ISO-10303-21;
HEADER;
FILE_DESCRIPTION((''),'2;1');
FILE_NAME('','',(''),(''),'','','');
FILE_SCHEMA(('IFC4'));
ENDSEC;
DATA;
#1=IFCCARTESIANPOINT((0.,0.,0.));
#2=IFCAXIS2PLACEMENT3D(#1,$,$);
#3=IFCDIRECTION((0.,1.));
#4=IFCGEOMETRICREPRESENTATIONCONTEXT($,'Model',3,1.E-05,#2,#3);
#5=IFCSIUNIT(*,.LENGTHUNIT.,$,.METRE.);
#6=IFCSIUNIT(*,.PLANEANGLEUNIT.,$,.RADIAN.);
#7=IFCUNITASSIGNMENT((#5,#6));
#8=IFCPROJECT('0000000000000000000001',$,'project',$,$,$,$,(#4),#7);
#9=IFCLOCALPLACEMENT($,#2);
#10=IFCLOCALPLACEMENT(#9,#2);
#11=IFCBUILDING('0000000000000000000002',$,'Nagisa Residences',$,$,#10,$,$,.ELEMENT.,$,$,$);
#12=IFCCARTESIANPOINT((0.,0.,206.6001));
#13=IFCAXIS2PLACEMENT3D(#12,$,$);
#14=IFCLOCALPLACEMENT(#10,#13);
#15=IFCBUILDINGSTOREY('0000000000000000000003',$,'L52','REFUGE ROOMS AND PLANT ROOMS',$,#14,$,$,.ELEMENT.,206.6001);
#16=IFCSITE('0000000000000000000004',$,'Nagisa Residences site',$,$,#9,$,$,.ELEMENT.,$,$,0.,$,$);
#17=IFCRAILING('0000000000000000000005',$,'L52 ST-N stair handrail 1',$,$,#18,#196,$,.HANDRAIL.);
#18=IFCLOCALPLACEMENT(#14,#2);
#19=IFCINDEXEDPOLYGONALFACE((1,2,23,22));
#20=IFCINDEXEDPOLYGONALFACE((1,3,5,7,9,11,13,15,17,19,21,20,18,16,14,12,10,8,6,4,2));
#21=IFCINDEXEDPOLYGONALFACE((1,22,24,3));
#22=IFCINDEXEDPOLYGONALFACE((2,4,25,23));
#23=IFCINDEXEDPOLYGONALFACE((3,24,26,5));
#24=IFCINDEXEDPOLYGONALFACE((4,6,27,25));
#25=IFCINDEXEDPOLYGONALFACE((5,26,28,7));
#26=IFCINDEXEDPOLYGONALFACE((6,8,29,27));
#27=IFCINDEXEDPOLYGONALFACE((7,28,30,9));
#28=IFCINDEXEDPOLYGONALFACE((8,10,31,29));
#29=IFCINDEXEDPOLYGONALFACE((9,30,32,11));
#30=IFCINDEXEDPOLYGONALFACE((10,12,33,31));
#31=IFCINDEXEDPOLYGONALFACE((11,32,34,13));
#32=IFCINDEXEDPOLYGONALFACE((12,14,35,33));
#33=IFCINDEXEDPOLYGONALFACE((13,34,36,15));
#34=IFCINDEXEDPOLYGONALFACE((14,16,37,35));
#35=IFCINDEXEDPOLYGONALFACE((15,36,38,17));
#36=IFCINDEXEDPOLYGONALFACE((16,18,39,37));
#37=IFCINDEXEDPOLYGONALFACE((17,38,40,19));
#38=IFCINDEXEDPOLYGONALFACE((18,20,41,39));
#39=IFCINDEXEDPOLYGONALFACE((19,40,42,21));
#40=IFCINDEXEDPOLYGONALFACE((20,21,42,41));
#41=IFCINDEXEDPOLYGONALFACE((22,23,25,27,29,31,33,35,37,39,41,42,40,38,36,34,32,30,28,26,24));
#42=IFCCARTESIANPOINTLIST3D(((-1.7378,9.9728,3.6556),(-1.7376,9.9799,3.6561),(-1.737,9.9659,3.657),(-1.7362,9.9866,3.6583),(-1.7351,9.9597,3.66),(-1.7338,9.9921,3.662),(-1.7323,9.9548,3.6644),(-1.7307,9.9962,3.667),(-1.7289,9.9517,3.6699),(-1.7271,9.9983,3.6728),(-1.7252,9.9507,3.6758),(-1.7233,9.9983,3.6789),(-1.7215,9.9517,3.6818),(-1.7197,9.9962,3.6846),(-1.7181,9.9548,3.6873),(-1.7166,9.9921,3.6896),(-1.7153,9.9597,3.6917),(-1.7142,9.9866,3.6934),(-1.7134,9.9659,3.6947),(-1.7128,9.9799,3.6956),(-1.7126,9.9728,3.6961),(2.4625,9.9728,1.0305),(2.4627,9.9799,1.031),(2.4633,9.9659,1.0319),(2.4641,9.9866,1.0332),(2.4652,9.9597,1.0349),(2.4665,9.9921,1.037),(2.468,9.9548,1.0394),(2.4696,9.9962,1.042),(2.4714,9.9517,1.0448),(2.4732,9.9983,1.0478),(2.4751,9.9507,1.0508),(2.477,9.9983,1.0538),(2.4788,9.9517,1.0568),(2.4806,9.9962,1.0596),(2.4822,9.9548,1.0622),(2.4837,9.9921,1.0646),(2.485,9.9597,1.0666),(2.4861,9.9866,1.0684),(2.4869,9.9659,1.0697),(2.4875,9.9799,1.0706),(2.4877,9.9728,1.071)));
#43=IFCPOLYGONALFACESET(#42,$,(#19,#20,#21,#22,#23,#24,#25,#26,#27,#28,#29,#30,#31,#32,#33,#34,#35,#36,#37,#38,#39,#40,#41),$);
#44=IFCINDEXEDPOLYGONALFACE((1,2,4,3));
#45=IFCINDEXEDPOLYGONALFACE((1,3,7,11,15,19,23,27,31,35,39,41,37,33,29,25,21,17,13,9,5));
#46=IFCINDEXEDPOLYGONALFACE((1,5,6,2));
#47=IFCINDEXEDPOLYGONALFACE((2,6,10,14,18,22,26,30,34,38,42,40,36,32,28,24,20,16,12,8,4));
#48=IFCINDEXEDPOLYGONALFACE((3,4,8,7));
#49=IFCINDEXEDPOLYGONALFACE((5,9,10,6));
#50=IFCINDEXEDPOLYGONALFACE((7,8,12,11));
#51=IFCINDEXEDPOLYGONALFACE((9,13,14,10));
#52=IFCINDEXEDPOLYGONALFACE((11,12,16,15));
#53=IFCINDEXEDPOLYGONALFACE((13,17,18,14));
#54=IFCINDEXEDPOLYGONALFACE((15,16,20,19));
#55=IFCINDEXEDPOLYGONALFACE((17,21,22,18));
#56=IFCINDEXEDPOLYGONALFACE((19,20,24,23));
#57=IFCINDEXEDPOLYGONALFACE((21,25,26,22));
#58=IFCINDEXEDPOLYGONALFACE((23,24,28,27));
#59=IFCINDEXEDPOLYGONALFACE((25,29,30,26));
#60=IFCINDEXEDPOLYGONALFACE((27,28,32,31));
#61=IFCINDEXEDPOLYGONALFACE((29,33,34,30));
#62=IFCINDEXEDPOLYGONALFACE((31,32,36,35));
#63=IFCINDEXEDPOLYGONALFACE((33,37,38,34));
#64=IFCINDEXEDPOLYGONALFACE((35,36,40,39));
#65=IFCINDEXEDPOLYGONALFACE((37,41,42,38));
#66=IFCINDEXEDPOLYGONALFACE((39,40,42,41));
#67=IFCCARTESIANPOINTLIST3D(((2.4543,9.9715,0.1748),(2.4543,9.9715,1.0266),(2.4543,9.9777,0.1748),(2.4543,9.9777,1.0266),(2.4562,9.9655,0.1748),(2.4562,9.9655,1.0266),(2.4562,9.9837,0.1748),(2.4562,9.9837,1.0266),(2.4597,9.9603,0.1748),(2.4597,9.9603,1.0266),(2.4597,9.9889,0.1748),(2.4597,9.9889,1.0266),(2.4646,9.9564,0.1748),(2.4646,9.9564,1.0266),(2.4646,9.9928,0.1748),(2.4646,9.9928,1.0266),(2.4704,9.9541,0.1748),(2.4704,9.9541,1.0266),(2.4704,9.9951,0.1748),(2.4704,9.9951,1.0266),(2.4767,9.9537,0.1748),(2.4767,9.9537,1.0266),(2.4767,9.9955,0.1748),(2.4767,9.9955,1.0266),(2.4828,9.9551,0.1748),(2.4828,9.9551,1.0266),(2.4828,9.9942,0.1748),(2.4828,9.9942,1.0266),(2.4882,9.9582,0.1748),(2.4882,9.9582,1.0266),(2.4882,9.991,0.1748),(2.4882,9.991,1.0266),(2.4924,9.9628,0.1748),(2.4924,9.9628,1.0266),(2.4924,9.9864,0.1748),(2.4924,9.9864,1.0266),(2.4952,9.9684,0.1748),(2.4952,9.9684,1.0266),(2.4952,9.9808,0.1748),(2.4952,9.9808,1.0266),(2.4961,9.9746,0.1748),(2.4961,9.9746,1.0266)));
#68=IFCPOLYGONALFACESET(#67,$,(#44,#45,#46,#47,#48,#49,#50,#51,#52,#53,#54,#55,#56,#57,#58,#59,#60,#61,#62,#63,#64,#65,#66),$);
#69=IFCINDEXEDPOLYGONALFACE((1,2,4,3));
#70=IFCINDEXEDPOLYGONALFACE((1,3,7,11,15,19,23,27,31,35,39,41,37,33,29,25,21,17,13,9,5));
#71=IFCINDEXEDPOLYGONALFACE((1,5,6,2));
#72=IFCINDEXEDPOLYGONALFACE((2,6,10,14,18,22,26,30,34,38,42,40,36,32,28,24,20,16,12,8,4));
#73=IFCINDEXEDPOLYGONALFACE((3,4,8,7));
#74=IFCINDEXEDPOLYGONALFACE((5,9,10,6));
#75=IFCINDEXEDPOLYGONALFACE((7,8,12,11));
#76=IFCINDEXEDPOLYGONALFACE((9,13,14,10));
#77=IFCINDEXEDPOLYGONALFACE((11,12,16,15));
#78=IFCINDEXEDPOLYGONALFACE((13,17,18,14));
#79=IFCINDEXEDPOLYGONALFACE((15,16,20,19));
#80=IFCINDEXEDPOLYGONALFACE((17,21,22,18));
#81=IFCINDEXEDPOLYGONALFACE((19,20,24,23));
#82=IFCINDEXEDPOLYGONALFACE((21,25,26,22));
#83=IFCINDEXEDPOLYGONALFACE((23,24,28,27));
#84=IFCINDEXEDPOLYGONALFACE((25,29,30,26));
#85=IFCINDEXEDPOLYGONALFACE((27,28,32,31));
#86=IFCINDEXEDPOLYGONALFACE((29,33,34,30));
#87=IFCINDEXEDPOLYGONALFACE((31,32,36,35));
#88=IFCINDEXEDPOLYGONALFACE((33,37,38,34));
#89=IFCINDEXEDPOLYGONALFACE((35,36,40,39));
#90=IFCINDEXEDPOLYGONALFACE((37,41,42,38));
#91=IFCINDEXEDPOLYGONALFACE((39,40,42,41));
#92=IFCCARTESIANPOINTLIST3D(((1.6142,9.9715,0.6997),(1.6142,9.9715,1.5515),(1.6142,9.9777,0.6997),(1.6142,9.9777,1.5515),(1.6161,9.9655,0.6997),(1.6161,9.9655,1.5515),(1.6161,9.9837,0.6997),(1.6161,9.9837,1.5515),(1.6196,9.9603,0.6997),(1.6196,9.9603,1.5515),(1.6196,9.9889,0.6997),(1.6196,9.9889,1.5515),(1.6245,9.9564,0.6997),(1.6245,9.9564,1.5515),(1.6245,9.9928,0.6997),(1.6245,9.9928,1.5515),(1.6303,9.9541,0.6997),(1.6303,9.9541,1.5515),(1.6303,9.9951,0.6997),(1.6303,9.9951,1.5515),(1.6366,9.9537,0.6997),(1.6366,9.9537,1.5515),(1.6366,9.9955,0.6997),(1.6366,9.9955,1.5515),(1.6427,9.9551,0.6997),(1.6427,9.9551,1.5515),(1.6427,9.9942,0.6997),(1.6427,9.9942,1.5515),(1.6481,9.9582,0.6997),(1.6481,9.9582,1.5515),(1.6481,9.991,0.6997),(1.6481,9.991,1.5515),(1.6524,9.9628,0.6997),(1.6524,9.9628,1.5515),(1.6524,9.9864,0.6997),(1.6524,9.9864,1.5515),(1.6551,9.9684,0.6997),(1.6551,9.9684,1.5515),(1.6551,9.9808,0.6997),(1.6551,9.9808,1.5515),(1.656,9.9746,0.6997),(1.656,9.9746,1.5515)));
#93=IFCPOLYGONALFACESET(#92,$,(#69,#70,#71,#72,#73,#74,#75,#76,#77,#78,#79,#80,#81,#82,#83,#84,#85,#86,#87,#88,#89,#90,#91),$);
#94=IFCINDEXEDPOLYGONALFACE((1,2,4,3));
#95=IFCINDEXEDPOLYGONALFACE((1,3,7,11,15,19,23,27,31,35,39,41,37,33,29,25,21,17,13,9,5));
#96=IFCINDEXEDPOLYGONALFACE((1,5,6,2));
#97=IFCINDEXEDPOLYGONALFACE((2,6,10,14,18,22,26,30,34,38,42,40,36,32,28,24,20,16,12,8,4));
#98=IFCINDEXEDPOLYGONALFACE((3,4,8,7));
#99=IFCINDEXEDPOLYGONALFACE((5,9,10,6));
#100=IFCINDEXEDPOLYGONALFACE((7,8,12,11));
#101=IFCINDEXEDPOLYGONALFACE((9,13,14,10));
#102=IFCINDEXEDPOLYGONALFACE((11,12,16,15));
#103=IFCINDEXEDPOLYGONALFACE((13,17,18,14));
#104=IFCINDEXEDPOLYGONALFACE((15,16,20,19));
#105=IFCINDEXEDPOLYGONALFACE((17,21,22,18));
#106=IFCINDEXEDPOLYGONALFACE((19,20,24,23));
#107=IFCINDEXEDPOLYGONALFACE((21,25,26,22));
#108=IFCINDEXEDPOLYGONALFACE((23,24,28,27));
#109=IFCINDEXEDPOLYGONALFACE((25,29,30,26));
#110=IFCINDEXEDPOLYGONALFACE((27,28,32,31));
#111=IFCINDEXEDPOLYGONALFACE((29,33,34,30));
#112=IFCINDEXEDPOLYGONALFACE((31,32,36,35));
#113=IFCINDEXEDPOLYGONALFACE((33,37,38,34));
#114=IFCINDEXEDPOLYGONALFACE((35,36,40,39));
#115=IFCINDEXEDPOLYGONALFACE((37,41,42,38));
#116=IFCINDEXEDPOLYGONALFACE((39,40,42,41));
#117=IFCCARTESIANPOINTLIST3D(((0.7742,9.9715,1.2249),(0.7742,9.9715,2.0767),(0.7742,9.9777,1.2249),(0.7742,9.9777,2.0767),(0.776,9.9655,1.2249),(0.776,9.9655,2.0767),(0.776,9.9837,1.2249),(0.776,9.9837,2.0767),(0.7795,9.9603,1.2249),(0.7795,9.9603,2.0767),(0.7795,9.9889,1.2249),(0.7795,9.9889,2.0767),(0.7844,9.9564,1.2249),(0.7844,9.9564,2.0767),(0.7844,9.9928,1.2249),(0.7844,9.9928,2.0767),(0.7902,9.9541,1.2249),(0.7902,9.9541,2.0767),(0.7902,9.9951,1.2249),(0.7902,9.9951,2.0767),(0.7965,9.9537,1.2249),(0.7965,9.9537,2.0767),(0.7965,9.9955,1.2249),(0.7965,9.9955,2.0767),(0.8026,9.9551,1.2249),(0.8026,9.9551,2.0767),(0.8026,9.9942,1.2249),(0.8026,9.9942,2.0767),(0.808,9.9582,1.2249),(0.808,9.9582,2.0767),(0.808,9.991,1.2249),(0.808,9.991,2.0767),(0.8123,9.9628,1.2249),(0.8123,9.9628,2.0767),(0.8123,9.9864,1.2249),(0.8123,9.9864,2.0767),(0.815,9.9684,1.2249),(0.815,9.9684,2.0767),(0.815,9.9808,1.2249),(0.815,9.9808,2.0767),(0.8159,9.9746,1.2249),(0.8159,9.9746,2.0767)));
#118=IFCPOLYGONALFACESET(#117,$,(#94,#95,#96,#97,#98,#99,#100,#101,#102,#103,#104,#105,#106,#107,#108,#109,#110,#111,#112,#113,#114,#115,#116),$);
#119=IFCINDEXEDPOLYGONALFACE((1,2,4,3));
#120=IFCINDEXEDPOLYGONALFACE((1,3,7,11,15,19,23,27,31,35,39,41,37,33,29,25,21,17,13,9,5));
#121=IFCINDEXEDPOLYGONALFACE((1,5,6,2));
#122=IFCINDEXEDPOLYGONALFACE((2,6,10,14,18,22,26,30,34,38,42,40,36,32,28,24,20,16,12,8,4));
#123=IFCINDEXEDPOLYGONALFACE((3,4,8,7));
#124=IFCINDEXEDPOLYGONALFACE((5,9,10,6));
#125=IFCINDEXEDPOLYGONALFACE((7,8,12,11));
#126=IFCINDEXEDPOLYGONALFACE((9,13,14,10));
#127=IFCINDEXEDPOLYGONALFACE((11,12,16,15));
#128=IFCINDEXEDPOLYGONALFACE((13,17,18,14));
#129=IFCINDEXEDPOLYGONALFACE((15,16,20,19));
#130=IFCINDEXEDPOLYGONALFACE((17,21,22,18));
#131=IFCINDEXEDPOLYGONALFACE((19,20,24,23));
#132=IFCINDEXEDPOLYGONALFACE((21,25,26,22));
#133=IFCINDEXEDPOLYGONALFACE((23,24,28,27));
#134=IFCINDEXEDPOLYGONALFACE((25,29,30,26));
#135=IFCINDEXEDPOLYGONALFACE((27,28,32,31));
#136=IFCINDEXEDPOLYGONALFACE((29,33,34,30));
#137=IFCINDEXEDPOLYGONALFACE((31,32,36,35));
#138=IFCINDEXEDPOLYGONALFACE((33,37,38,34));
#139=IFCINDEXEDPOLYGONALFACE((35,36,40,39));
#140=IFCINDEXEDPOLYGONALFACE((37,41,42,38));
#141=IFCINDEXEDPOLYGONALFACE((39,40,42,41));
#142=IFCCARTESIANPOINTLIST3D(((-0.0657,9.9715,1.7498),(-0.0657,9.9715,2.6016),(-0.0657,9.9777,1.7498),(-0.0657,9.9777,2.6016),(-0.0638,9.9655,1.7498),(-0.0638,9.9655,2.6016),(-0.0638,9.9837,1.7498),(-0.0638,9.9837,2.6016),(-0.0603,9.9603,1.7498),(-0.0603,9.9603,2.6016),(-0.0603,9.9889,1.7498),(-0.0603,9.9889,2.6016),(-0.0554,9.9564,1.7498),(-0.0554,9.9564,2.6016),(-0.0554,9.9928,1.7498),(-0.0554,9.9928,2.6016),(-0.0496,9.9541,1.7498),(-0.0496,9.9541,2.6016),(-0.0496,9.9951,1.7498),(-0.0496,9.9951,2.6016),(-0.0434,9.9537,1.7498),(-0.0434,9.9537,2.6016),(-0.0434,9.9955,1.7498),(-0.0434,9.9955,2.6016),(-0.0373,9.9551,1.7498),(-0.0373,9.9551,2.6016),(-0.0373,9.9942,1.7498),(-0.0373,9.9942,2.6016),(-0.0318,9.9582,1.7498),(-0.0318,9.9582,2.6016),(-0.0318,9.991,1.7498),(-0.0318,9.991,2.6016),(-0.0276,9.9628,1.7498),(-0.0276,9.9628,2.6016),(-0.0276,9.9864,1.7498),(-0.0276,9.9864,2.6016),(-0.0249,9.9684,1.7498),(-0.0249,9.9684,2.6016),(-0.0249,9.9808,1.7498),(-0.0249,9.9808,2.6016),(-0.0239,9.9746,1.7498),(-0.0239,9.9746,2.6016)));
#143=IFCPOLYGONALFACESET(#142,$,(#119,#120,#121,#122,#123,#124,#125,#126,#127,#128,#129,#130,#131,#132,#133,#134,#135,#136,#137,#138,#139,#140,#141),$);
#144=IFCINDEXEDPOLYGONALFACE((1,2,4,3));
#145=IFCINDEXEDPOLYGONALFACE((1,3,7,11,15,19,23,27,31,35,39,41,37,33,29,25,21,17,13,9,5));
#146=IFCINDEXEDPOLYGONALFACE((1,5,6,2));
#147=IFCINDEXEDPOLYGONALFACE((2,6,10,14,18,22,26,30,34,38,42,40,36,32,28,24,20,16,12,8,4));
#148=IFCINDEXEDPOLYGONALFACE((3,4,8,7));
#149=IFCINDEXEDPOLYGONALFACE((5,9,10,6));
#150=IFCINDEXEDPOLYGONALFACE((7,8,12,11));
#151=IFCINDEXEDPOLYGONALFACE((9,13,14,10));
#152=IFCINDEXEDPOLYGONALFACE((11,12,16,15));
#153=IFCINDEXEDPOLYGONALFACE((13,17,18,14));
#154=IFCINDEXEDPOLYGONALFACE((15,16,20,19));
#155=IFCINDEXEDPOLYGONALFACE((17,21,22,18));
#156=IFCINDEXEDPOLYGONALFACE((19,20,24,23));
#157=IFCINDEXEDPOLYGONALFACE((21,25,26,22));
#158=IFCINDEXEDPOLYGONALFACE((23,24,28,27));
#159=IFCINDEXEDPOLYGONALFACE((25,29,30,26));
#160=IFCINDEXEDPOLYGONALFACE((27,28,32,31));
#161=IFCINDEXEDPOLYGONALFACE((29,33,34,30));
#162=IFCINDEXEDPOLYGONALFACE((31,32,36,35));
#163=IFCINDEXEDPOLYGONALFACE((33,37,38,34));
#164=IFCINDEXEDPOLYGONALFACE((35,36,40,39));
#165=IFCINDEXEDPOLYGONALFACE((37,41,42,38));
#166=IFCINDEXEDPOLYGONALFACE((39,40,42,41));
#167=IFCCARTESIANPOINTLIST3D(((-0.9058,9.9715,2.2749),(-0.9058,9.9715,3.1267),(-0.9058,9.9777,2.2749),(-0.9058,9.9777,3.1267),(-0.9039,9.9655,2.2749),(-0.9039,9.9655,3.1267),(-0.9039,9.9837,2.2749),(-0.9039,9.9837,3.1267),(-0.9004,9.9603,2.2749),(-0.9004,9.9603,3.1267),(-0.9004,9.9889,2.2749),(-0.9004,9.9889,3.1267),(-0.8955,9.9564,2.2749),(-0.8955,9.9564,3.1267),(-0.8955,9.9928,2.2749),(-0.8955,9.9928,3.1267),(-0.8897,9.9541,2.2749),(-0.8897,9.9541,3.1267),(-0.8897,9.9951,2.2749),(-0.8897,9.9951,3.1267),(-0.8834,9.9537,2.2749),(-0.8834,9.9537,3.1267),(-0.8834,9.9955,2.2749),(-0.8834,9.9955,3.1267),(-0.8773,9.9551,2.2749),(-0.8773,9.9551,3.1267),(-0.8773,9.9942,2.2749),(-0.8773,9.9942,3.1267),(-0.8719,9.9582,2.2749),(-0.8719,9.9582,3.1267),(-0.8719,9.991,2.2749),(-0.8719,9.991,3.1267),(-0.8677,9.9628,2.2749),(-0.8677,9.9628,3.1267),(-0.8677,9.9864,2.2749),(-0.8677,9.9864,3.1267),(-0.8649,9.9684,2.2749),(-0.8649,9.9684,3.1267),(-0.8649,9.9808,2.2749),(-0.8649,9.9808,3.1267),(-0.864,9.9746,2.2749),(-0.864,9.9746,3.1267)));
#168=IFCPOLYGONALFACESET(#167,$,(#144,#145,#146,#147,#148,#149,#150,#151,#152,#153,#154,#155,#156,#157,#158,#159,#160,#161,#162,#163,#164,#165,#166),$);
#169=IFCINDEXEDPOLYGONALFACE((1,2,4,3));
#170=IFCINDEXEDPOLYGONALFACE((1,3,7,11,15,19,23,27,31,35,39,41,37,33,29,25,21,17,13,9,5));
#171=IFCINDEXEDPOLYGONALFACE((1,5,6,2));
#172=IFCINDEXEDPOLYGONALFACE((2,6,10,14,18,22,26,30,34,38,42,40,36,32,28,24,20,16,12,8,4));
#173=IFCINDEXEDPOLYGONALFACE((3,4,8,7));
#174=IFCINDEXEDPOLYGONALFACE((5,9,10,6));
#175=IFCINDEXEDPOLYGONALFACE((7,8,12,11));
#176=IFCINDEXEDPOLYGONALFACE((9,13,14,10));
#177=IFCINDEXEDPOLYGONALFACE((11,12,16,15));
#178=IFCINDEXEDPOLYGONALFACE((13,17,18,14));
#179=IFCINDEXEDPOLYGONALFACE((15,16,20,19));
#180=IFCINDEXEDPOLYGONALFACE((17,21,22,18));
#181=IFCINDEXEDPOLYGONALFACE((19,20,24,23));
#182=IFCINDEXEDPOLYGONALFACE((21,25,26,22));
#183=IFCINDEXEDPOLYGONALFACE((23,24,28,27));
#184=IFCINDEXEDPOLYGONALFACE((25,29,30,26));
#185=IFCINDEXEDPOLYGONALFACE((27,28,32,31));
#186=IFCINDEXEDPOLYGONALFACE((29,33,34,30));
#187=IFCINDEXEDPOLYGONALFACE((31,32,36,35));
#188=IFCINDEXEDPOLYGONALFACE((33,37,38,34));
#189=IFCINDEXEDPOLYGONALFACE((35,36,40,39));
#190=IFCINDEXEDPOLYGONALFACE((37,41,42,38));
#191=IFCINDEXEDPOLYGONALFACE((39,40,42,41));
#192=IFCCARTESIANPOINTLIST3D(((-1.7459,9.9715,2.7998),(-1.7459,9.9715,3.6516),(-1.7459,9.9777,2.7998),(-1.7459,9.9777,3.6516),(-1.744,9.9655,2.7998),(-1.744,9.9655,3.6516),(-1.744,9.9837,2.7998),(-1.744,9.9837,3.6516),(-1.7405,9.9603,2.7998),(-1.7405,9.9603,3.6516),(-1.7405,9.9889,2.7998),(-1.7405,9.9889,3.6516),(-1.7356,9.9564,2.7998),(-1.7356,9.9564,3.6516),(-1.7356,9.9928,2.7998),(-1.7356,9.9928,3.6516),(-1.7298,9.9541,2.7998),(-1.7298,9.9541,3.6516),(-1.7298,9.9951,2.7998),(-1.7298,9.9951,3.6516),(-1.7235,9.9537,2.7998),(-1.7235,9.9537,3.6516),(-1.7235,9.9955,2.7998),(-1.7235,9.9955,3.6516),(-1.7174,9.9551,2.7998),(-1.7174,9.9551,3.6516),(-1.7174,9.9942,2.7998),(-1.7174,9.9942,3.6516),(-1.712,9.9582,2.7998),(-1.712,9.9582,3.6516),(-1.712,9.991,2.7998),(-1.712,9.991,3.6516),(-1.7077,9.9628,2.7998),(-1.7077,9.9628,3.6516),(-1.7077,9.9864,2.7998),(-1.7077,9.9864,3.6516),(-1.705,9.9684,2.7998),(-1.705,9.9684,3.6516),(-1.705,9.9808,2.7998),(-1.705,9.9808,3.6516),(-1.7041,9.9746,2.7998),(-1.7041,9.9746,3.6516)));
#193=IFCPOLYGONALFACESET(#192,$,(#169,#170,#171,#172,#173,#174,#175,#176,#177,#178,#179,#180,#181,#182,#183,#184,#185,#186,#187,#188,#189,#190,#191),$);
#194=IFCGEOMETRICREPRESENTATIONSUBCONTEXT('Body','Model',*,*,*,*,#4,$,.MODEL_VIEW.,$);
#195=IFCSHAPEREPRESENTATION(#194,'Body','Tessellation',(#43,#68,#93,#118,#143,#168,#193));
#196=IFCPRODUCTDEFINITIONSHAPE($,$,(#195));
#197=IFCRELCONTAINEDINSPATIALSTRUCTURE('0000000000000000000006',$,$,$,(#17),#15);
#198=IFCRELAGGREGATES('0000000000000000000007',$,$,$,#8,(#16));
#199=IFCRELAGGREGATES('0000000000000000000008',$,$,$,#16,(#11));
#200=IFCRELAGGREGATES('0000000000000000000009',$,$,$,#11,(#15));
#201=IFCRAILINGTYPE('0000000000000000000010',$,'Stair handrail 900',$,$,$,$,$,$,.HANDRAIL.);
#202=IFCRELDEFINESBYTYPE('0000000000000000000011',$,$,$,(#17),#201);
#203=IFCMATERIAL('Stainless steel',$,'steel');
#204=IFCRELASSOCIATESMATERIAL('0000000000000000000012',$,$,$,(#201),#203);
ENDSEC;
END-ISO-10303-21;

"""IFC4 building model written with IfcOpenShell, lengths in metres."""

from ifc_helpers import new_model, si_unit, direction, frame, origin, origin_2d, place, context, subcontext, project, spatial, circle, extrude, material, type_object, element, save


model = new_model("IFC4")

# Units and contexts
model_context = context("Model", 3, precision=1e-05, world=origin(), true_north=direction((0.0, 1.0)))
body_context = subcontext(model_context, "Body", "Model", "MODEL_VIEW")
ifc_project = project(units=[si_unit("LENGTHUNIT", "METRE"), si_unit("PLANEANGLEUNIT", "RADIAN")], contexts=[model_context])

# Site, building, storey
site_placement = place(None, origin())
site = spatial("IfcSite", under=ifc_project, at=site_placement, Name="Nagisa Residences site", CompositionType="ELEMENT", RefElevation=0.0)
building_placement = place(site_placement, origin())
building = spatial("IfcBuilding", under=site, at=building_placement, Name="Nagisa Residences", CompositionType="ELEMENT")
storey_placement = place(building_placement, frame((0.0, 0.0, 206.6001)))
storey = spatial("IfcBuildingStorey", under=building, at=storey_placement, Name="L52", Description="REFUGE ROOMS AND PLANT ROOMS", CompositionType="ELEMENT", Elevation=206.6001)

# Railing
ifc_material_1 = material(Name="Stainless steel", Category="steel")
railing_type_1 = type_object("IfcRailingType", Name="Stair handrail 900", PredefinedType="HANDRAIL", material=ifc_material_1)
railing_1_placement = place(storey_placement, frame((2.4751, 9.9746, 0.1748)))
element("IfcRailing", 1, at=railing_1_placement, inside=storey, type_object=railing_type_1, Name="L52 ST-N stair handrail 1", PredefinedType="HANDRAIL", context=body_context, shape_type="SweptSolid", body=[
    extrude(circle(Radius=0.0239, at=origin_2d()), frame((0.0, 0.0, 0.876), z_axis=(-0.848009, 0.0, 0.529981), x_axis=(0.0, -1.0, 0.0)), (0.0, 0.0, 1.0), 4.9531),
    extrude(circle(Radius=0.021, at=origin_2d()), origin(), (0.0, 0.0, 1.0), 0.8518),
    extrude(circle(Radius=0.021, at=origin_2d()), frame((-0.8401, 0.0, 0.5249)), (0.0, 0.0, 1.0), 0.8518),
    extrude(circle(Radius=0.021, at=origin_2d()), frame((-1.6802, 0.0, 1.05)), (0.0, 0.0, 1.0), 0.8518),
    extrude(circle(Radius=0.021, at=origin_2d()), frame((-2.52, 0.0, 1.575)), (0.0, 0.0, 1.0), 0.8518),
    extrude(circle(Radius=0.021, at=origin_2d()), frame((-3.3601, 0.0, 2.1001)), (0.0, 0.0, 1.0), 0.8518),
    extrude(circle(Radius=0.021, at=origin_2d()), frame((-4.2002, 0.0, 2.625)), (0.0, 0.0, 1.0), 0.8518),
])

save(model, "model.ifc")
